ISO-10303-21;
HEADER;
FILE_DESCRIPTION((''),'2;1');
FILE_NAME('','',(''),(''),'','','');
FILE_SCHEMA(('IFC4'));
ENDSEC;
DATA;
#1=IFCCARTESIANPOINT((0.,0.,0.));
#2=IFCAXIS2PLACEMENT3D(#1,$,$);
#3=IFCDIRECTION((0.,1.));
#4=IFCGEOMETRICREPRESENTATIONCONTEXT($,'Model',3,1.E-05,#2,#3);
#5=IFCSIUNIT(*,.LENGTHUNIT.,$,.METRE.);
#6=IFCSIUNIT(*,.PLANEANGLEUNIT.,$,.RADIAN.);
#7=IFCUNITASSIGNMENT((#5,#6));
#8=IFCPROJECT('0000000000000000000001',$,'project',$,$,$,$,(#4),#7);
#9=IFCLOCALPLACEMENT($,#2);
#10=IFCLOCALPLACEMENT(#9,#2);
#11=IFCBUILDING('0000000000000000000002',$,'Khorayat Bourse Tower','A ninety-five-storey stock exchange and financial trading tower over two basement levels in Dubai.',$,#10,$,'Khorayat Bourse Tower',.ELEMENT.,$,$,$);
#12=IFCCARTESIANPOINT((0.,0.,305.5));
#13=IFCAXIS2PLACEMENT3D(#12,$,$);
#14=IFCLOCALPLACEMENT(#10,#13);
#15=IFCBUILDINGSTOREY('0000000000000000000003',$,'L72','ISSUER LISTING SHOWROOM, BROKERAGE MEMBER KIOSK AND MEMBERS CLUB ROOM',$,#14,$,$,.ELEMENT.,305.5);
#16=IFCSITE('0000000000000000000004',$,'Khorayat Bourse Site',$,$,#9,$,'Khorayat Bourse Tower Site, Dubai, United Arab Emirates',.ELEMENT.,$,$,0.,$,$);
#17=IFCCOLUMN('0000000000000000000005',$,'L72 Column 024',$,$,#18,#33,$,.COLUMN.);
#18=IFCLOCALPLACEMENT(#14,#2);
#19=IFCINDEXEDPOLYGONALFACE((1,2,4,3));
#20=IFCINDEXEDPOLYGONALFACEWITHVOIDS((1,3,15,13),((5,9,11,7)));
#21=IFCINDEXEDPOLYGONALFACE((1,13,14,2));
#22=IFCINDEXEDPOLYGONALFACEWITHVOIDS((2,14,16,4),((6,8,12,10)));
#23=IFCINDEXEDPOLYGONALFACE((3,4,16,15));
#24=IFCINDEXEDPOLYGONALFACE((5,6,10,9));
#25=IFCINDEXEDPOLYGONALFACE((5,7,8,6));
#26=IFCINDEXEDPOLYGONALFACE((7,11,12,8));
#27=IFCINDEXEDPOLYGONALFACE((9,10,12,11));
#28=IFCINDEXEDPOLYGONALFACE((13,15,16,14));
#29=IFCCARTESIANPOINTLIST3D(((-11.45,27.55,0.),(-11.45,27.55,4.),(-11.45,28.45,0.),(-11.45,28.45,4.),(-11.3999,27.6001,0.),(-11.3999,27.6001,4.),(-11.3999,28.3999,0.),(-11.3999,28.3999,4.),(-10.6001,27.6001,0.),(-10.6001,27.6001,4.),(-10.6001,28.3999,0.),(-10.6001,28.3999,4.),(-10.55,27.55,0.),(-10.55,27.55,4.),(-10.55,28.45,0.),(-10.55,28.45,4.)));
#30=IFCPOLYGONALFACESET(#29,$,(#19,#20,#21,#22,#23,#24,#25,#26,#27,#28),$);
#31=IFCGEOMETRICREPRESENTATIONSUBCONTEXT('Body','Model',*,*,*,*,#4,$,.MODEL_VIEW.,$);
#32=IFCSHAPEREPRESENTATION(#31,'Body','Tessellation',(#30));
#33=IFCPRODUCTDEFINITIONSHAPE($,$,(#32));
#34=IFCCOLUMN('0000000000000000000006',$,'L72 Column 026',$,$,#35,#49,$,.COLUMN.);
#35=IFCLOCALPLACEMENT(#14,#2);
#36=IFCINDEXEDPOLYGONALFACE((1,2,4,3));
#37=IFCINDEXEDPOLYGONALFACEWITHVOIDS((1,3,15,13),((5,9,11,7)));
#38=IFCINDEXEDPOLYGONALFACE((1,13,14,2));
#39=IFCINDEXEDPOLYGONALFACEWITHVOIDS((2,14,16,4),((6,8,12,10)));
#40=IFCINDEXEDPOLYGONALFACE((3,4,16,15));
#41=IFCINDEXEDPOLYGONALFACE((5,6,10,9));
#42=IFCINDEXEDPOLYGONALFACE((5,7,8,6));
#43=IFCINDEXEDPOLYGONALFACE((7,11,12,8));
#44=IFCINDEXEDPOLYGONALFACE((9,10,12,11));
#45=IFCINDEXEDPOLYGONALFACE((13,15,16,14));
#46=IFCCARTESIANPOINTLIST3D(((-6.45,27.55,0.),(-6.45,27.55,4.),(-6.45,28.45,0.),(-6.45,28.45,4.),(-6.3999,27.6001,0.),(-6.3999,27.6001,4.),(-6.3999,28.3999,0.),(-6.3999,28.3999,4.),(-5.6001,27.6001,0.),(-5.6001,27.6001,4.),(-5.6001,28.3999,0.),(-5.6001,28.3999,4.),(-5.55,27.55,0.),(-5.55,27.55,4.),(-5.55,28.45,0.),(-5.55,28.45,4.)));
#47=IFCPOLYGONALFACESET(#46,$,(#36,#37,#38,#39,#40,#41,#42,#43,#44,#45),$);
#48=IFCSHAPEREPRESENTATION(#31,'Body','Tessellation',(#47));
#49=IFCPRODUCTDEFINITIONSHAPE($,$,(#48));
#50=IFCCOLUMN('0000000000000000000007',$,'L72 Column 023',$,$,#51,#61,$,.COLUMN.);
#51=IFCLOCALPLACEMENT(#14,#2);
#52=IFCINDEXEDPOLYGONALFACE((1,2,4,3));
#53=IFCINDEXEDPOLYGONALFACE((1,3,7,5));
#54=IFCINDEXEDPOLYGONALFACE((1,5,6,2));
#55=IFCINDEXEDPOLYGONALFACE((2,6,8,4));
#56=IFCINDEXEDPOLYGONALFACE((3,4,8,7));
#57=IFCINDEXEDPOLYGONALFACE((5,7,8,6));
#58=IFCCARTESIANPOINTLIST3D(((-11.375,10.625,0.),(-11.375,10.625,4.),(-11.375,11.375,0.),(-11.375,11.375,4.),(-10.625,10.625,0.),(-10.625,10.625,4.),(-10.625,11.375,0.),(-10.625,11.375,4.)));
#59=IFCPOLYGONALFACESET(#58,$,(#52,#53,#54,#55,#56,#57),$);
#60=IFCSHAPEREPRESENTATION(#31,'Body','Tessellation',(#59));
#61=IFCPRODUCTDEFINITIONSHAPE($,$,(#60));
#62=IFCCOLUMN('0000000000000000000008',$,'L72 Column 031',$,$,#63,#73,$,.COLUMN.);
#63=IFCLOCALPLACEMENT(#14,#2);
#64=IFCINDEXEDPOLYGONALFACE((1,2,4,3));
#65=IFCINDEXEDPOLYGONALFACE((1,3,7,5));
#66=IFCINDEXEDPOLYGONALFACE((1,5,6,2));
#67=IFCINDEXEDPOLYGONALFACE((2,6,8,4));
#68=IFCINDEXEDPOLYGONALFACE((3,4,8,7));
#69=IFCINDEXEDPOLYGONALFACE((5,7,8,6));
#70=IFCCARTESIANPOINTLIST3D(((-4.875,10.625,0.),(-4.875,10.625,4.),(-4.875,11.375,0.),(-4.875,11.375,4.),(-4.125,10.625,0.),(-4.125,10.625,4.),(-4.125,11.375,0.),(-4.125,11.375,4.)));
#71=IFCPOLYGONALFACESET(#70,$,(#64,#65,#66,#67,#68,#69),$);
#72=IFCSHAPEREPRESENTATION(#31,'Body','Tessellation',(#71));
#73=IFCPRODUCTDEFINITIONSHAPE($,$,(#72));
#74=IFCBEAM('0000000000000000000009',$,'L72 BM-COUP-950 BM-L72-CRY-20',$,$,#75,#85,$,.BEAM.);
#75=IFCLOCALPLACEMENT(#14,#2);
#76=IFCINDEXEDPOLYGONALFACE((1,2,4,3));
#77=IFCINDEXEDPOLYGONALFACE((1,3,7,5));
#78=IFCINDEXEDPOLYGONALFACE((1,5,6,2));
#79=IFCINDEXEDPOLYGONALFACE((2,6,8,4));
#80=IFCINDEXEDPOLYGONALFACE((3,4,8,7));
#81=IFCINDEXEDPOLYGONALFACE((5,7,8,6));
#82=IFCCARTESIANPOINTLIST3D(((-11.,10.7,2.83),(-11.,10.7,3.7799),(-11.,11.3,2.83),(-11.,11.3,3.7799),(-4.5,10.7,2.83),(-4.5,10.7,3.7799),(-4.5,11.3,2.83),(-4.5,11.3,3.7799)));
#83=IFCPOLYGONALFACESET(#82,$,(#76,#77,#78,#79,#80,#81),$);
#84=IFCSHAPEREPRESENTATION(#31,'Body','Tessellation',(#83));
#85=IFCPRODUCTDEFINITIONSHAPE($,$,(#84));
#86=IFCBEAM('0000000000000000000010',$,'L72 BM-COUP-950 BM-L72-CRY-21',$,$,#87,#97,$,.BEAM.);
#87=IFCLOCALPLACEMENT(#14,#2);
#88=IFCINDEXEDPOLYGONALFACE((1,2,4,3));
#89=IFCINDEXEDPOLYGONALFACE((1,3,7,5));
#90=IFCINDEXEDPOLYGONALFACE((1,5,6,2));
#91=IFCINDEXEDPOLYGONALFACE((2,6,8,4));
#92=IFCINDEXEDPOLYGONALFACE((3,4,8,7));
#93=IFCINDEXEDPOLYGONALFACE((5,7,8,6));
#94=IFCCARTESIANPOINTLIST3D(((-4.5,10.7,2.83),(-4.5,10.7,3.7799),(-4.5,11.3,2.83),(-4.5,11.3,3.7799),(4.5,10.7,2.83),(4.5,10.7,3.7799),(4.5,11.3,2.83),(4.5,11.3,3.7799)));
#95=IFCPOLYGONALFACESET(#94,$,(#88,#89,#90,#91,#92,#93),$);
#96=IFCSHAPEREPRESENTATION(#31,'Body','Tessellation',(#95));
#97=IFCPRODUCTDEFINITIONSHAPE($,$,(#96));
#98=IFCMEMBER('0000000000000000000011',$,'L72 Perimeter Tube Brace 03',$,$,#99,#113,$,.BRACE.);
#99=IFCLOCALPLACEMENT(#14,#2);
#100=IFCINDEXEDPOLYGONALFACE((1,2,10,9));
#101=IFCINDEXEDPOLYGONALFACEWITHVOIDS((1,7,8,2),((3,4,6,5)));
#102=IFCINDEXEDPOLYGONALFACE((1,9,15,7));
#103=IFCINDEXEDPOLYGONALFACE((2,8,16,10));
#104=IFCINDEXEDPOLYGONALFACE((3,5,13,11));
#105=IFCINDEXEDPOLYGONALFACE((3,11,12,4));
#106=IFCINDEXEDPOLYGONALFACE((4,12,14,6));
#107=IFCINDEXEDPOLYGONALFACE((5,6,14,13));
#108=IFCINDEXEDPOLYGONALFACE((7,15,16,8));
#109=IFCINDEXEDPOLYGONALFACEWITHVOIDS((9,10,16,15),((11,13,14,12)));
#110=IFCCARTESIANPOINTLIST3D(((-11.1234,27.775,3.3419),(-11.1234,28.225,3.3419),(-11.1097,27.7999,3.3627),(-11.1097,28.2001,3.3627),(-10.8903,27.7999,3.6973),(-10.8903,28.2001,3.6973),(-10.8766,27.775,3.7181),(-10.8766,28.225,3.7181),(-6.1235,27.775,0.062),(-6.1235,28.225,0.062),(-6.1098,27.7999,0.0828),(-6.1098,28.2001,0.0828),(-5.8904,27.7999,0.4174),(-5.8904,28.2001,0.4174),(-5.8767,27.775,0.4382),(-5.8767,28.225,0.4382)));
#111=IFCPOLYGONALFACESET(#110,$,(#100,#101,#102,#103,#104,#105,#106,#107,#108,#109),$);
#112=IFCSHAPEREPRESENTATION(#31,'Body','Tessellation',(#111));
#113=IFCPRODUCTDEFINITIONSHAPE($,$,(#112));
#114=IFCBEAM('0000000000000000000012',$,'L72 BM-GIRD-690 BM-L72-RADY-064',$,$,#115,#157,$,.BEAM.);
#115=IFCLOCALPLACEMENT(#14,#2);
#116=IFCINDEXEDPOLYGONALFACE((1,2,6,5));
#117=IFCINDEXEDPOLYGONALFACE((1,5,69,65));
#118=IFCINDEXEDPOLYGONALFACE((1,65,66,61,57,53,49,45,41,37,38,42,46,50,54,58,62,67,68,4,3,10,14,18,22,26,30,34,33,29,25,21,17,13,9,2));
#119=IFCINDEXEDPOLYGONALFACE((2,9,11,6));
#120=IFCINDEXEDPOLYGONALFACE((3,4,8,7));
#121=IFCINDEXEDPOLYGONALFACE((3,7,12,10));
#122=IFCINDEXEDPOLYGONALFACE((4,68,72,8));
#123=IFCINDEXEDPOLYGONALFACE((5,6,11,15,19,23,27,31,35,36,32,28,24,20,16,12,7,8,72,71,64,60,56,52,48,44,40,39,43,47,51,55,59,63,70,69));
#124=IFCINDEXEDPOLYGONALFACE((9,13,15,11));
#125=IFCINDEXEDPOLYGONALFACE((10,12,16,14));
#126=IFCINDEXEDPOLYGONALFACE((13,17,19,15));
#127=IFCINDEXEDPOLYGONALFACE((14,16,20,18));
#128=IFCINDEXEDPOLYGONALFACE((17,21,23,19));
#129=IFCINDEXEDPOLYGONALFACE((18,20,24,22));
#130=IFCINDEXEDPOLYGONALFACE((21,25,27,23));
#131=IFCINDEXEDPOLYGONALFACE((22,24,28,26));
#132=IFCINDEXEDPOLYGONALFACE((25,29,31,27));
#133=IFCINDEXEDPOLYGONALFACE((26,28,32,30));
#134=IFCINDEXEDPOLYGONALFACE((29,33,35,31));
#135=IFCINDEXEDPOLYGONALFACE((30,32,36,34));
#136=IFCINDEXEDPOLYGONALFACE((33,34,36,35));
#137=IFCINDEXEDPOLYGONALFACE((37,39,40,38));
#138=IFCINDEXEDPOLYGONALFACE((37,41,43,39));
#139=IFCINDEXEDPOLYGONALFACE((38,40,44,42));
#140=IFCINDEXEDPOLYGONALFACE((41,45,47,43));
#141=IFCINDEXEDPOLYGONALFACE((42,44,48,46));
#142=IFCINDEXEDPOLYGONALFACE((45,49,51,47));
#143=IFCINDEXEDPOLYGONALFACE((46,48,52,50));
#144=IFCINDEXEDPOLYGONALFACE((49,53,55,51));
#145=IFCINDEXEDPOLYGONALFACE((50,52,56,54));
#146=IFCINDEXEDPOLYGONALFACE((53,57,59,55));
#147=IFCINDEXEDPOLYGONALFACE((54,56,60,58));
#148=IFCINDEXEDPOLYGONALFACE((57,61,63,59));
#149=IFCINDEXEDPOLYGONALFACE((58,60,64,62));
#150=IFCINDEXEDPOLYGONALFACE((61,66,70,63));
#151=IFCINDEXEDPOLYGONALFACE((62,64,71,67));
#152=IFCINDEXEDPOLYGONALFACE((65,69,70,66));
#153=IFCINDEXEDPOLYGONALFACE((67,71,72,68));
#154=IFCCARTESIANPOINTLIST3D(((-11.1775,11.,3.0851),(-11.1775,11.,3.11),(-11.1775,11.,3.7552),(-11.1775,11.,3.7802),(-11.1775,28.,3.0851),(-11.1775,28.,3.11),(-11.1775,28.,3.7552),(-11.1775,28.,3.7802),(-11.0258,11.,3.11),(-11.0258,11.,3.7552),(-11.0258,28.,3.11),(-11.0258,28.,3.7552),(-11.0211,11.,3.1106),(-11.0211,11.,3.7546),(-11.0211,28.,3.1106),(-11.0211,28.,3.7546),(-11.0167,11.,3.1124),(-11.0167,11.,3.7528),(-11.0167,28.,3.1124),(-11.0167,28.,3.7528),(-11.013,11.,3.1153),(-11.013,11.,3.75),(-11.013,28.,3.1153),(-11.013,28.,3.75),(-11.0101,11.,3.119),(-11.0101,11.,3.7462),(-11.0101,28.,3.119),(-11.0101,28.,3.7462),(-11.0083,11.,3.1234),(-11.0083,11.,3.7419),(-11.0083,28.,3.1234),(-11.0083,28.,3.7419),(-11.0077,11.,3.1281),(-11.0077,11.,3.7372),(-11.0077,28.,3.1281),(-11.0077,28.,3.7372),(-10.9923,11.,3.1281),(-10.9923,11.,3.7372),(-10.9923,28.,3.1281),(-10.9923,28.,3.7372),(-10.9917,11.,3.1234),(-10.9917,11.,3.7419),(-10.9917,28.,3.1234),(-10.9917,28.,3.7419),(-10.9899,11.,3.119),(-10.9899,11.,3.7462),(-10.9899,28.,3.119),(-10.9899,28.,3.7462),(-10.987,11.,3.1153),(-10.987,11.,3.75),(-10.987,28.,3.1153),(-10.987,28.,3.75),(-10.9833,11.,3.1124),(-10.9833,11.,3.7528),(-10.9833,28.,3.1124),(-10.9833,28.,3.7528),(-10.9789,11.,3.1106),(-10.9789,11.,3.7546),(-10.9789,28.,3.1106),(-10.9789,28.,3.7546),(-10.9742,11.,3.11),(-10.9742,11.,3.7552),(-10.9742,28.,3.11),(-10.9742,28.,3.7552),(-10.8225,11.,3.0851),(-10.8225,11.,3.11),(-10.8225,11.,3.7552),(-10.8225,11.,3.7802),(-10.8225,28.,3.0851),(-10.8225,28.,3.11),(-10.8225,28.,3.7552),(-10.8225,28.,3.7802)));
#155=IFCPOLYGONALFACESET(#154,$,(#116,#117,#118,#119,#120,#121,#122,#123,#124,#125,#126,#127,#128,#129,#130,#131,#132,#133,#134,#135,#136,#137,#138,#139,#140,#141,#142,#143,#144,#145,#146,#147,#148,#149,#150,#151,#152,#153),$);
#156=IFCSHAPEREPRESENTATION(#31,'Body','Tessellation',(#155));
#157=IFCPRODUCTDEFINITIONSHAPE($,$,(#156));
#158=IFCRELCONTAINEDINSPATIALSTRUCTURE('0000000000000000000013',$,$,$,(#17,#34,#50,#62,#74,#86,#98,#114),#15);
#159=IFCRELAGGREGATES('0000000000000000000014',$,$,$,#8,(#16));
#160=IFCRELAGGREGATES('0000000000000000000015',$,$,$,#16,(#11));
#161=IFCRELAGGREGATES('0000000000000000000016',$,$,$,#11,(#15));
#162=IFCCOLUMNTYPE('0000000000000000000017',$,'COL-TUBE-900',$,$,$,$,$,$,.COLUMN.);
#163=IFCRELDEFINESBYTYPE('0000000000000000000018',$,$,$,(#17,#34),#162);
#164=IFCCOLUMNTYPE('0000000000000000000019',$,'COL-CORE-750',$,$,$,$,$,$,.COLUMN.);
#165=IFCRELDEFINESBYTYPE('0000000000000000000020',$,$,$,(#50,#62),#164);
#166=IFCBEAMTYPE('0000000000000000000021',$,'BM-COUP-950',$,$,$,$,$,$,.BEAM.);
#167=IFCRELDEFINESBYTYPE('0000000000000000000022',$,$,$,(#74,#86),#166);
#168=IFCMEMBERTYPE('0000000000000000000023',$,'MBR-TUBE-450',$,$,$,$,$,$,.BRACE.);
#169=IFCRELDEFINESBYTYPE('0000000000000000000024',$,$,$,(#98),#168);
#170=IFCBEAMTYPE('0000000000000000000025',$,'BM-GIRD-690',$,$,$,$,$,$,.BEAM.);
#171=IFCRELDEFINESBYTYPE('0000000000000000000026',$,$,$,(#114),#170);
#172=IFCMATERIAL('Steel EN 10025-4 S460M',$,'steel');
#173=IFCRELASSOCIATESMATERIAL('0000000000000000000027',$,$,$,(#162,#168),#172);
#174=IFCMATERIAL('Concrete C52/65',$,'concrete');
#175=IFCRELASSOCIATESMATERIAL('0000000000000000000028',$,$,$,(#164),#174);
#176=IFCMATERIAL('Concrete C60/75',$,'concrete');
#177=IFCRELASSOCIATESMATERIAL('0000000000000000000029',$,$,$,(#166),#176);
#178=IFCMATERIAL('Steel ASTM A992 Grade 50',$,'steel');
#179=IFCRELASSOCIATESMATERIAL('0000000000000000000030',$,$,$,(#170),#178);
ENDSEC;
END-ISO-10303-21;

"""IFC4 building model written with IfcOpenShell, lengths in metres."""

from ifc_helpers import new_model, si_unit, direction, frame, origin, origin_2d, place, context, subcontext, project, spatial, rectangle, hollow_rectangle, i_section, extrude, source, transform, mapped, material, material_profile, profile_set, type_object, element, save


model = new_model("IFC4")

# Units and contexts
model_context = context("Model", 3, precision=1e-05, world=origin(), true_north=direction((0.0, 1.0)))
body_context = subcontext(model_context, "Body", "Model", "MODEL_VIEW")
ifc_project = project(units=[si_unit("LENGTHUNIT", "METRE"), si_unit("PLANEANGLEUNIT", "RADIAN")], contexts=[model_context])

# Site, building, storey
site_placement = place(None, origin())
site = spatial("IfcSite", under=ifc_project, at=site_placement, Name="Khorayat Bourse Site", LongName="Khorayat Bourse Tower Site, Dubai, United Arab Emirates", CompositionType="ELEMENT", RefElevation=0.0)
building_placement = place(site_placement, origin())
building = spatial("IfcBuilding", under=site, at=building_placement, Name="Khorayat Bourse Tower", Description="A ninety-five-storey stock exchange and financial trading tower over two basement levels in Dubai.", LongName="Khorayat Bourse Tower", CompositionType="ELEMENT")
storey_placement = place(building_placement, frame((0.0, 0.0, 305.5)))
storey = spatial("IfcBuildingStorey", under=building, at=storey_placement, Name="L72", Description="ISSUER LISTING SHOWROOM, BROKERAGE MEMBER KIOSK AND MEMBERS CLUB ROOM", CompositionType="ELEMENT", Elevation=305.5)

# Columns
ifc_material_1 = material(Name="Steel EN 10025-4 S460M", Category="steel")
ifc_material_profile_1 = material_profile(ifc_material_1, hollow_rectangle(XDim=0.8999, YDim=0.8999, WallThickness=0.05, at=origin_2d()), Name="BOX 900x900x50")
ifc_profile_set_1 = profile_set([ifc_material_profile_1], Name="Steel EN 10025-4 S460M")
column_type_1 = type_object("IfcColumnType", Name="COL-TUBE-900", PredefinedType="COLUMN", material=ifc_profile_set_1)
shared_shape_1 = source(origin(), body_context, "Body", "SweptSolid", [
    extrude(hollow_rectangle(XDim=0.8999, YDim=0.8999, WallThickness=0.05, at=origin_2d()), origin(), (0.0, 0.0, 1.0), 4.0),
])
for number, where, z_axis, x_axis, name in (
    (1, (-11.0, 28.0, 0.0), (0.0, 0.0, 1.0), (1.0, 0.0, 0.0), "L72 Column 024"),
    (2, (-6.0, 28.0, 0.0), (0.0, 0.0, 1.0), (1.0, 0.0, 0.0), "L72 Column 026"),
):
    element("IfcColumn", number, at=place(storey_placement, frame(where, z_axis=z_axis, x_axis=x_axis)), inside=storey, type_object=column_type_1, Name=name, PredefinedType="COLUMN", context=body_context, shape_type="MappedRepresentation", body=[
        mapped(shared_shape_1, transform((0.0, 0.0, 0.0), scale=1.0)),
    ])
ifc_material_2 = material(Name="Concrete C52/65", Category="concrete")
ifc_material_profile_2 = material_profile(ifc_material_2, rectangle(XDim=0.75, YDim=0.75, at=origin_2d()), Name="RC 750x750")
ifc_profile_set_2 = profile_set([ifc_material_profile_2], Name="Concrete C52/65")
column_type_2 = type_object("IfcColumnType", Name="COL-CORE-750", PredefinedType="COLUMN", material=ifc_profile_set_2)
shared_shape_2 = source(origin(), body_context, "Body", "SweptSolid", [
    extrude(rectangle(XDim=0.75, YDim=0.75, at=origin_2d()), origin(), (0.0, 0.0, 1.0), 4.0),
])
for number, where, z_axis, x_axis, name in (
    (3, (-11.0, 11.0, 0.0), (0.0, 0.0, 1.0), (1.0, 0.0, 0.0), "L72 Column 023"),
    (4, (-4.5, 11.0, 0.0), (0.0, 0.0, 1.0), (1.0, 0.0, 0.0), "L72 Column 031"),
):
    element("IfcColumn", number, at=place(storey_placement, frame(where, z_axis=z_axis, x_axis=x_axis)), inside=storey, type_object=column_type_2, Name=name, PredefinedType="COLUMN", context=body_context, shape_type="MappedRepresentation", body=[
        mapped(shared_shape_2, transform((0.0, 0.0, 0.0), scale=1.0)),
    ])

# Beams
ifc_material_3 = material(Name="Concrete C60/75", Category="concrete")
ifc_material_profile_3 = material_profile(ifc_material_3, rectangle(XDim=0.6001, YDim=0.95, at=origin_2d()), Name="RC 600x950")
ifc_profile_set_3 = profile_set([ifc_material_profile_3], Name="Concrete C60/75")
beam_type_1 = type_object("IfcBeamType", Name="BM-COUP-950", PredefinedType="BEAM", material=ifc_profile_set_3)
shared_shape_3 = source(origin(), body_context, "Body", "SweptSolid", [
    extrude(rectangle(XDim=0.6001, YDim=0.95, at=origin_2d()), origin(), (0.0, 0.0, 1.0), 6.5),
])
beam_1_placement = place(storey_placement, frame((-11.0, 11.0, 3.3049), z_axis=(1.0, 0.0, 0.0), x_axis=(0.0, 1.0, 0.0)))
element("IfcBeam", 5, at=beam_1_placement, inside=storey, type_object=beam_type_1, Name="L72 BM-COUP-950 BM-L72-CRY-20", PredefinedType="BEAM", context=body_context, shape_type="MappedRepresentation", body=[
    mapped(shared_shape_3, transform((0.0, 0.0, 0.0), scale=1.0)),
])
shared_shape_4 = source(origin(), body_context, "Body", "SweptSolid", [
    extrude(rectangle(XDim=0.6001, YDim=0.95, at=origin_2d()), origin(), (0.0, 0.0, 1.0), 9.0),
])
beam_2_placement = place(storey_placement, frame((-4.5, 11.0, 3.3049), z_axis=(1.0, 0.0, 0.0), x_axis=(0.0, 1.0, 0.0)))
element("IfcBeam", 6, at=beam_2_placement, inside=storey, type_object=beam_type_1, Name="L72 BM-COUP-950 BM-L72-CRY-21", PredefinedType="BEAM", context=body_context, shape_type="MappedRepresentation", body=[
    mapped(shared_shape_4, transform((0.0, 0.0, 0.0), scale=1.0)),
])

# Member
ifc_material_profile_4 = material_profile(ifc_material_1, hollow_rectangle(XDim=0.45, YDim=0.45, WallThickness=0.0249, at=origin_2d()), Name="HSS 450x450x25")
ifc_profile_set_4 = profile_set([ifc_material_profile_4], Name="Steel EN 10025-4 S460M")
member_type_1 = type_object("IfcMemberType", Name="MBR-TUBE-450", PredefinedType="BRACE", material=ifc_profile_set_4)
shared_shape_5 = source(origin(), body_context, "Body", "SweptSolid", [
    extrude(hollow_rectangle(XDim=0.45, YDim=0.45, WallThickness=0.0249, at=origin_2d()), origin(), (0.0, 0.0, 1.0), 5.9797),
])
member_1_placement = place(storey_placement, frame((-11.0, 28.0, 3.53), z_axis=(0.836142, 0.0, -0.548514), x_axis=(0.0, 1.0, 0.0)))
element("IfcMember", 7, at=member_1_placement, inside=storey, type_object=member_type_1, Name="L72 Perimeter Tube Brace 03", PredefinedType="BRACE", context=body_context, shape_type="MappedRepresentation", body=[
    mapped(shared_shape_5, transform((0.0, 0.0, 0.0), scale=1.0)),
])

# Beam
ifc_material_4 = material(Name="Steel ASTM A992 Grade 50", Category="steel")
ifc_material_profile_5 = material_profile(ifc_material_4, i_section(OverallWidth=0.355, OverallDepth=0.6951, WebThickness=0.0154, FlangeThickness=0.0249, FilletRadius=0.0181, at=origin_2d()), Name="W690X217")
ifc_profile_set_5 = profile_set([ifc_material_profile_5], Name="Steel ASTM A992 Grade 50")
beam_type_2 = type_object("IfcBeamType", Name="BM-GIRD-690", PredefinedType="BEAM", material=ifc_profile_set_5)
shared_shape_6 = source(origin(), body_context, "Body", "SweptSolid", [
    extrude(i_section(OverallWidth=0.355, OverallDepth=0.6951, WebThickness=0.0154, FlangeThickness=0.0249, FilletRadius=0.0181, at=origin_2d()), origin(), (0.0, 0.0, 1.0), 17.0),
])
for number, where, z_axis, x_axis, name in (
    (8, (-11.0, 11.0, 3.4326), (0.0, 1.0, 0.0), (-1.0, 0.0, 0.0), "L72 BM-GIRD-690 BM-L72-RADY-064"),
):
    element("IfcBeam", number, at=place(storey_placement, frame(where, z_axis=z_axis, x_axis=x_axis)), inside=storey, type_object=beam_type_2, Name=name, PredefinedType="BEAM", context=body_context, shape_type="MappedRepresentation", body=[
        mapped(shared_shape_6, transform((0.0, 0.0, 0.0), scale=1.0)),
    ])

save(model, "model.ifc")
